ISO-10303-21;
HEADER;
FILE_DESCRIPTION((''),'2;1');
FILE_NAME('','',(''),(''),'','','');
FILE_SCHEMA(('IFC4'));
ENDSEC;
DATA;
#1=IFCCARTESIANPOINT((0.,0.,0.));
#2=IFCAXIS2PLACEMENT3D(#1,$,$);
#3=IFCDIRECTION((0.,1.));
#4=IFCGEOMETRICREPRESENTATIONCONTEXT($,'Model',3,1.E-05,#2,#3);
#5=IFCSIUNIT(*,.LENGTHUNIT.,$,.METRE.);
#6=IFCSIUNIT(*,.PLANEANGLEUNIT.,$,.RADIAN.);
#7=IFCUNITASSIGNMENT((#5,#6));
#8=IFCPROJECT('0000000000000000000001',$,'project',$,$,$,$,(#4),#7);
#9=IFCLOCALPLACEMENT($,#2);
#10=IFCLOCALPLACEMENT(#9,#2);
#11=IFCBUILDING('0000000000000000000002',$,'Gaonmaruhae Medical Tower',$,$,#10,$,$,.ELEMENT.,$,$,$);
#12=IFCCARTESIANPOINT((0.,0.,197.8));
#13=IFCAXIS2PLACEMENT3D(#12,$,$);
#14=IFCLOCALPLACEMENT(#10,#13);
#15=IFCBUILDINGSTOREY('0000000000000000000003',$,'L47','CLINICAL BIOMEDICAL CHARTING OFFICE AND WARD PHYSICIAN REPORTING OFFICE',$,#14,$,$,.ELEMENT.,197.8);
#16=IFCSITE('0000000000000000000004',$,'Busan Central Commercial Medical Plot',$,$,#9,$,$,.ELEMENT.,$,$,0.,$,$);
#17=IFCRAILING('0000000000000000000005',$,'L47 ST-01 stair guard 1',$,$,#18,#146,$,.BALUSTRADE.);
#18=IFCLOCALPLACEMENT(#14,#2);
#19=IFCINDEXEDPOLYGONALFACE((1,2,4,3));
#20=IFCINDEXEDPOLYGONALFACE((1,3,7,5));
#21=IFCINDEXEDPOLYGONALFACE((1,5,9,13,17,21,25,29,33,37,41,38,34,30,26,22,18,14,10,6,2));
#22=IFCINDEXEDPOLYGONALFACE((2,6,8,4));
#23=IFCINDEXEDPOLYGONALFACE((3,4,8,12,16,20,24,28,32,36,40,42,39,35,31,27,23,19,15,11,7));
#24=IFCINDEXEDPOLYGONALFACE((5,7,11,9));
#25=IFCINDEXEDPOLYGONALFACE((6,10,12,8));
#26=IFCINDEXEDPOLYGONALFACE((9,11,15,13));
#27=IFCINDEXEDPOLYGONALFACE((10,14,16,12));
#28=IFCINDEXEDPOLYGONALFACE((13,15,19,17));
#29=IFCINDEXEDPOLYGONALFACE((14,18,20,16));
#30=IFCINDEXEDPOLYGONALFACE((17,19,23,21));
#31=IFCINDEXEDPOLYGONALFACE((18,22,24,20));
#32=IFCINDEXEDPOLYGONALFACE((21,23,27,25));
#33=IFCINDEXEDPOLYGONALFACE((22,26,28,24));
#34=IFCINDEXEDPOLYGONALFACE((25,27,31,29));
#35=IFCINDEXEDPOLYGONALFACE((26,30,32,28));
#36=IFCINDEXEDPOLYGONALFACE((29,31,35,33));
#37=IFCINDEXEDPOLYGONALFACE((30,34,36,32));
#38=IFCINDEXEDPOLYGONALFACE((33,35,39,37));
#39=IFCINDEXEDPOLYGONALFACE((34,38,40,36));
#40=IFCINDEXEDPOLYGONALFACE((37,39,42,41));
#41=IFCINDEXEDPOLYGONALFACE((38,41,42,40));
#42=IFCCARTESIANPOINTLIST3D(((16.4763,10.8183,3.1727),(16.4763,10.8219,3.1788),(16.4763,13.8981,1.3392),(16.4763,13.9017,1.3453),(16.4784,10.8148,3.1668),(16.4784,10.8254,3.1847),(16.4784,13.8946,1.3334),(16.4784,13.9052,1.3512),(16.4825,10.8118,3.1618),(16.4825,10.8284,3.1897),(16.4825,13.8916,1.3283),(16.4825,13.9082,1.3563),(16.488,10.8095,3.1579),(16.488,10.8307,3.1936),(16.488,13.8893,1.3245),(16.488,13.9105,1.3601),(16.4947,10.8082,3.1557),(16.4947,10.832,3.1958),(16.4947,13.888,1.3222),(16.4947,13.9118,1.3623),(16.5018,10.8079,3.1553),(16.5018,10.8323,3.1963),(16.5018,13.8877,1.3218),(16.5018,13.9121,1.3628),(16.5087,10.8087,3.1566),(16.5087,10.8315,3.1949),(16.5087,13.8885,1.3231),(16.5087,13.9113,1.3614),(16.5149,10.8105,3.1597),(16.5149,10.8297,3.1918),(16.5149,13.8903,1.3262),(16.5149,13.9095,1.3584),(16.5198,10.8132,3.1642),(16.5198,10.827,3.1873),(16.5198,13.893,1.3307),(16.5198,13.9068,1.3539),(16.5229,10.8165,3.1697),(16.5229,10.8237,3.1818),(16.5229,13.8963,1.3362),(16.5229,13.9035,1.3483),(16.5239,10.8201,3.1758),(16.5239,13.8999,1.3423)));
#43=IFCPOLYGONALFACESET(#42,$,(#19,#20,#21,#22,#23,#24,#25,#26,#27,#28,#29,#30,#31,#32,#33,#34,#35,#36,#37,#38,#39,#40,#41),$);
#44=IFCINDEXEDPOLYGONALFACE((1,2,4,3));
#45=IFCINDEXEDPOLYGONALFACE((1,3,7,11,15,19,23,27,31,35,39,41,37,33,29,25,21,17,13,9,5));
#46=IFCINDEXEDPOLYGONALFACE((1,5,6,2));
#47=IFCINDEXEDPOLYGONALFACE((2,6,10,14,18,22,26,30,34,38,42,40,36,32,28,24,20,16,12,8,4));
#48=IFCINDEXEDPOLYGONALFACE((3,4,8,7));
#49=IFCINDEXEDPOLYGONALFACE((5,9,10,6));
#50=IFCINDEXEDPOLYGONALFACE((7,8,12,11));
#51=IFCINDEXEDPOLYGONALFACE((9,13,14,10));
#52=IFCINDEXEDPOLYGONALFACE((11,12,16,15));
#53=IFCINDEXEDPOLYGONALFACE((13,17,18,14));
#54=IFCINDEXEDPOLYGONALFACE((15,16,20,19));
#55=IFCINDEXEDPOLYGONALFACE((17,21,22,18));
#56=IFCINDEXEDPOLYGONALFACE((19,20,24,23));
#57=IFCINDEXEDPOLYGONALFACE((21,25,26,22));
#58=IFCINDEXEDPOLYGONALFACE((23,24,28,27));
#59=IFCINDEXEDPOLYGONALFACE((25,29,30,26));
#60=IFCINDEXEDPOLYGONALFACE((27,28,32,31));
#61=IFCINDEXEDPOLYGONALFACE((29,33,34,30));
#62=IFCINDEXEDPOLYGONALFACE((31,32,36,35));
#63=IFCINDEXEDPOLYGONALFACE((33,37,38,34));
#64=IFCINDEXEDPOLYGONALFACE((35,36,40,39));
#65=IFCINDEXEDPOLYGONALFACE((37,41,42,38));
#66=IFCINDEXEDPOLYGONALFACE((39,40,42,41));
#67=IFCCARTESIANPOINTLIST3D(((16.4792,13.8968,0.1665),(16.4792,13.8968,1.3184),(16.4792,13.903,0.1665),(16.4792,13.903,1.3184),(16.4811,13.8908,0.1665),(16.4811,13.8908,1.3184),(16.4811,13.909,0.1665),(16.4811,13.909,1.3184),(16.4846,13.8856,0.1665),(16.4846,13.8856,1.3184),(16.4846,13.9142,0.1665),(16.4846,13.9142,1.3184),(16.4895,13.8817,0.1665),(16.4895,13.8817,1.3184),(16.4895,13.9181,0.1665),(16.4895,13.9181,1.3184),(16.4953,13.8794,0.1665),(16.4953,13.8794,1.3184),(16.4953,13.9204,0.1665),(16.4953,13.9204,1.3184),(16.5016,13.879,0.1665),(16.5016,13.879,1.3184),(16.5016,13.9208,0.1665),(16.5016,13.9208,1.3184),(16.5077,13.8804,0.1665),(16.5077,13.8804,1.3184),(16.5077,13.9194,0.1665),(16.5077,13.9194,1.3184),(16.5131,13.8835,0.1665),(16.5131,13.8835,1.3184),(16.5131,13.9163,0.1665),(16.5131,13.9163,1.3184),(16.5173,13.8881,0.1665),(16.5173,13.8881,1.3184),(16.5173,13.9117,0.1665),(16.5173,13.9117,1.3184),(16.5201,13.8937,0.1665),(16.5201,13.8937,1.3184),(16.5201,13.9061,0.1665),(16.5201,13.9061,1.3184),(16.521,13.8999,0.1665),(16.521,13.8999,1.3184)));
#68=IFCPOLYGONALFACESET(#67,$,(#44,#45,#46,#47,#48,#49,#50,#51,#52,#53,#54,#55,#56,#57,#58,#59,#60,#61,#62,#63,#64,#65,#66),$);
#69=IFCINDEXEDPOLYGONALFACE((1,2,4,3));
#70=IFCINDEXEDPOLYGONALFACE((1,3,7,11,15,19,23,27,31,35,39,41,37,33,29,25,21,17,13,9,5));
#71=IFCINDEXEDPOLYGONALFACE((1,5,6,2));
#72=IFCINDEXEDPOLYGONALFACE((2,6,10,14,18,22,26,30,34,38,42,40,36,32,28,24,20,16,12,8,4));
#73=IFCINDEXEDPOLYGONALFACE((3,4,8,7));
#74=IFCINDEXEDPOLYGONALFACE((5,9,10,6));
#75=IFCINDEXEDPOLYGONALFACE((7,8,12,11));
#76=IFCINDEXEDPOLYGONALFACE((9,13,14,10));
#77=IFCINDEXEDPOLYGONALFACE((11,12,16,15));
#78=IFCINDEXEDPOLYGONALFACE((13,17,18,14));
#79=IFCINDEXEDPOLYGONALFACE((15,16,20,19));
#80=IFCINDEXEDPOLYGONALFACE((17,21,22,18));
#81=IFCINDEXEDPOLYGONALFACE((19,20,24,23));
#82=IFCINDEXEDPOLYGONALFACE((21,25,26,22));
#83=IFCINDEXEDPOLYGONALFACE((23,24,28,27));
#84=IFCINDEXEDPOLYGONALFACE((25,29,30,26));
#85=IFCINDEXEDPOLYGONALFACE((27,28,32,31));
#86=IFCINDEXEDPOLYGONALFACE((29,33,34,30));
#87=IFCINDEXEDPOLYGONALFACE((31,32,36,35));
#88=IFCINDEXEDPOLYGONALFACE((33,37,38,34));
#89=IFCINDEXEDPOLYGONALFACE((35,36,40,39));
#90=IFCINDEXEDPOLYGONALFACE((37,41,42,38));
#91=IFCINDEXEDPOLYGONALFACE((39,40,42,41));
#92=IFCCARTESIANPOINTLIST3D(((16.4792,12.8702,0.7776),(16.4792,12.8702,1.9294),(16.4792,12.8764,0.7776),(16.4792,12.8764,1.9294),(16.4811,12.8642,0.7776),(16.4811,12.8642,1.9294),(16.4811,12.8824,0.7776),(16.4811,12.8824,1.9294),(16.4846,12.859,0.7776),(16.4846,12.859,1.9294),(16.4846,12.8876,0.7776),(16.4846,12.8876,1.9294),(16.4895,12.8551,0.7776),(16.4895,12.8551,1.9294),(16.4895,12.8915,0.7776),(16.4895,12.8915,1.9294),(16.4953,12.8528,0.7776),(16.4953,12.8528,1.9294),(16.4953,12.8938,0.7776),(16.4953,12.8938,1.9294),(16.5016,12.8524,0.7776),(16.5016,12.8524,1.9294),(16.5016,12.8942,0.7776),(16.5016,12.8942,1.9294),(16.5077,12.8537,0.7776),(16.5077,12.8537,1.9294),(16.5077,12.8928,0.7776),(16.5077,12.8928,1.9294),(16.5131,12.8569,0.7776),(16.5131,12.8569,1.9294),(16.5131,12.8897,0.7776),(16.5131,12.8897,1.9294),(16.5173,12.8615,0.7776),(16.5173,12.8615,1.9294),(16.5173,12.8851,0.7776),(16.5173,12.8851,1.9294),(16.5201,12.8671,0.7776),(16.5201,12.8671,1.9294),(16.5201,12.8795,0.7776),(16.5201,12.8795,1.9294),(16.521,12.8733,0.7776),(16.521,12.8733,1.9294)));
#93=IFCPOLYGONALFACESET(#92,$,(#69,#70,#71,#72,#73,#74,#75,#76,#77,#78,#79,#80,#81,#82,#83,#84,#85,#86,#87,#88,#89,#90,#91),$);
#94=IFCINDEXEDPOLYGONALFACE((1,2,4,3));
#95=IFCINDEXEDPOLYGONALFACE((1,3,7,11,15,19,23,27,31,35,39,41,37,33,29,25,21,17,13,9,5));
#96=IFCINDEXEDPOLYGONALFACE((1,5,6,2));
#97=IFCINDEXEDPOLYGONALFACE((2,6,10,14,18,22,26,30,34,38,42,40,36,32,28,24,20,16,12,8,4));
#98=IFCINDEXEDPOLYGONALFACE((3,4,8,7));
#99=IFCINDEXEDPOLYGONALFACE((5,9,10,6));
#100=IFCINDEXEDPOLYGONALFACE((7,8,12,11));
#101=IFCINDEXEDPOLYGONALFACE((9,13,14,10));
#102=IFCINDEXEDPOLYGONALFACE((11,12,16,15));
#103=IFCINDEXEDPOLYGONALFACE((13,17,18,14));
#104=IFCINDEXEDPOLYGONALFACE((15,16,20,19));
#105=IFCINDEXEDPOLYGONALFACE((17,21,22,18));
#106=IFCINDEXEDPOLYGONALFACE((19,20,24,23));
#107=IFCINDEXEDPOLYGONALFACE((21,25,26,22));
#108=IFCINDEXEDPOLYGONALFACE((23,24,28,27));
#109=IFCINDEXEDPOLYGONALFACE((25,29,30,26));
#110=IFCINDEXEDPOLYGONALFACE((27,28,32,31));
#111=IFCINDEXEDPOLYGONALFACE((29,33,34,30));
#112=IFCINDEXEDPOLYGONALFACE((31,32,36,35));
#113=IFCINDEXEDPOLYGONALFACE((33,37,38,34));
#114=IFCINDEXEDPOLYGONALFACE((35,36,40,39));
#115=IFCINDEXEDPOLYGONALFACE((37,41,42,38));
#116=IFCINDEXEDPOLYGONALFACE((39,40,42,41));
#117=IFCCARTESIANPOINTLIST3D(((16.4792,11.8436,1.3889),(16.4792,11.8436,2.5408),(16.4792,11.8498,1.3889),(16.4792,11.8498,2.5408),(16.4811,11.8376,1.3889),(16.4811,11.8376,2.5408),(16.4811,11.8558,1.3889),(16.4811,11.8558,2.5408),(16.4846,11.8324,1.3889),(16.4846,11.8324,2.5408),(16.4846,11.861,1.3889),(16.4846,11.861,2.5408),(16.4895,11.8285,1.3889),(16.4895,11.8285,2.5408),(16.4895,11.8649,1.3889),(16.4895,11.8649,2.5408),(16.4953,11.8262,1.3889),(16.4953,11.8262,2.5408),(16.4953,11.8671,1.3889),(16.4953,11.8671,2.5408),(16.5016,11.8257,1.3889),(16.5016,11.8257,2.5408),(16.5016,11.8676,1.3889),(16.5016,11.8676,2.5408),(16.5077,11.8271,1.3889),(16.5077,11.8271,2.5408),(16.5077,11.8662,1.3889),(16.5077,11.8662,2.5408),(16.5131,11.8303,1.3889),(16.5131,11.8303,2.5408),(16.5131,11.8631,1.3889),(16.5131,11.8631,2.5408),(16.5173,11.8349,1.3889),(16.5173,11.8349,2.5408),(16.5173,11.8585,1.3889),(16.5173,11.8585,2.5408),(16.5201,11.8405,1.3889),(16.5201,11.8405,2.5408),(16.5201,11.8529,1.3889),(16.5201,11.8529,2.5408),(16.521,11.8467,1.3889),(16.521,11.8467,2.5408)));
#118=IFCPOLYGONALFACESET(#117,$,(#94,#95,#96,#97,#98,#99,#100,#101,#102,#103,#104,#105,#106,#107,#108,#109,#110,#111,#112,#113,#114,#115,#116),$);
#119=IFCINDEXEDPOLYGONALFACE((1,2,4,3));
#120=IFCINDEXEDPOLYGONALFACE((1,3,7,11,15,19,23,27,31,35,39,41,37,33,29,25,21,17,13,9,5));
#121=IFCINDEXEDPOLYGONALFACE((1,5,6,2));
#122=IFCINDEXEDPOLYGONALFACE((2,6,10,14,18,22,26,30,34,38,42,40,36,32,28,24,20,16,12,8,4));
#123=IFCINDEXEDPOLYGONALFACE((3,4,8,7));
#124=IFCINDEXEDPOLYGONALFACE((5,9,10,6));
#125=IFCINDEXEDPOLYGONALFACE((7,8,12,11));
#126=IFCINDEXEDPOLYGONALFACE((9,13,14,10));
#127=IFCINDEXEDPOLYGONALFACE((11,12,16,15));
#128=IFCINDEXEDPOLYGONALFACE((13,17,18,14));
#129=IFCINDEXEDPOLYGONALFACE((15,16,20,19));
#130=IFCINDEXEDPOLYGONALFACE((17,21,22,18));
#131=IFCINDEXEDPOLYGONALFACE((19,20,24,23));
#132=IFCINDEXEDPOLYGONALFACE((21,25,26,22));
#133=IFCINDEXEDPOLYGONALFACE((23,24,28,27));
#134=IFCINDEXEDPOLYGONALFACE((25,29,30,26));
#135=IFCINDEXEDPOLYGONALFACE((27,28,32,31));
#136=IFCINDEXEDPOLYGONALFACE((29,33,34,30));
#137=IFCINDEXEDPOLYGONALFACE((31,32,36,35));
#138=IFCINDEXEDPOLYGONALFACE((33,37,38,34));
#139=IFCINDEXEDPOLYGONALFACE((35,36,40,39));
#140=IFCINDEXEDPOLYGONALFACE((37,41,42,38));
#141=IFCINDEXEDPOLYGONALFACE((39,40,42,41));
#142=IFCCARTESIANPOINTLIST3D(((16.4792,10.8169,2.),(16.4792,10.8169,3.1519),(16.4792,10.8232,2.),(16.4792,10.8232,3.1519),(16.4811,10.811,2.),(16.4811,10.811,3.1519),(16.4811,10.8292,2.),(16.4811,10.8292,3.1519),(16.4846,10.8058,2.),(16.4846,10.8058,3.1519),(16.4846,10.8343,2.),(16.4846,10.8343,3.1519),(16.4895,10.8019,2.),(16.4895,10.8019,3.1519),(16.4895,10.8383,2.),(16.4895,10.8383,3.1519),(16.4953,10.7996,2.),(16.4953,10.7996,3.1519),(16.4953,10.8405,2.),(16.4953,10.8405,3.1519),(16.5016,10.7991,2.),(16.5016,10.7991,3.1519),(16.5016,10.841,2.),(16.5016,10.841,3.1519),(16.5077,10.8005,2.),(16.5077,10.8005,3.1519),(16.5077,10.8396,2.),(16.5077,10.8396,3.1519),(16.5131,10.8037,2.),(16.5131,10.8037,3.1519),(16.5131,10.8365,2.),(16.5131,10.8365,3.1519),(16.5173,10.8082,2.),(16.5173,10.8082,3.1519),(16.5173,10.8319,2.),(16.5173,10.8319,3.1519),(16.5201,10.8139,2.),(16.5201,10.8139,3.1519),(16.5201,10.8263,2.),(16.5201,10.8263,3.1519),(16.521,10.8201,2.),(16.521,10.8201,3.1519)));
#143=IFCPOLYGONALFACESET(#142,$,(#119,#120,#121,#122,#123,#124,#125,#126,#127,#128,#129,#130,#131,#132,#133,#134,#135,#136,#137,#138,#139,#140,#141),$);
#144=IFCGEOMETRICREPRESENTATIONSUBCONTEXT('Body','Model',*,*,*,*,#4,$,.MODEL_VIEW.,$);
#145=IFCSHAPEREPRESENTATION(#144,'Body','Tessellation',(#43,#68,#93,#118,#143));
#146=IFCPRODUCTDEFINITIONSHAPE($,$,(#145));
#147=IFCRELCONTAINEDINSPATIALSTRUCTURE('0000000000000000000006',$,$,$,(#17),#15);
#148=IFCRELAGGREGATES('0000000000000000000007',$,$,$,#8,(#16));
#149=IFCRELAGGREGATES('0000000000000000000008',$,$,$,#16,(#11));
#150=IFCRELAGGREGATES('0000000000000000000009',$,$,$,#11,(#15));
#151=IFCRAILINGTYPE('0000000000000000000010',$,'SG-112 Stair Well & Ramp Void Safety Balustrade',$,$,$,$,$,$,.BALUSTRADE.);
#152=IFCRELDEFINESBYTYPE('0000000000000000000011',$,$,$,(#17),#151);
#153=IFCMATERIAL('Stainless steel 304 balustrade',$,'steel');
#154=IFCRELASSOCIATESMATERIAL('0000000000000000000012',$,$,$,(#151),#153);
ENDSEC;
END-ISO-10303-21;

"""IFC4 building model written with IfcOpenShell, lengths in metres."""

from ifc_helpers import new_model, si_unit, direction, frame, origin, origin_2d, place, context, subcontext, project, spatial, circle, extrude, material, type_object, element, save


model = new_model("IFC4")

# Units and contexts
model_context = context("Model", 3, precision=1e-05, world=origin(), true_north=direction((0.0, 1.0)))
body_context = subcontext(model_context, "Body", "Model", "MODEL_VIEW")
ifc_project = project(units=[si_unit("LENGTHUNIT", "METRE"), si_unit("PLANEANGLEUNIT", "RADIAN")], contexts=[model_context])

# Site, building, storey
site_placement = place(None, origin())
site = spatial("IfcSite", under=ifc_project, at=site_placement, Name="Busan Central Commercial Medical Plot", CompositionType="ELEMENT", RefElevation=0.0)
building_placement = place(site_placement, origin())
building = spatial("IfcBuilding", under=site, at=building_placement, Name="Gaonmaruhae Medical Tower", CompositionType="ELEMENT")
storey_placement = place(building_placement, frame((0.0, 0.0, 197.8)))
storey = spatial("IfcBuildingStorey", under=building, at=storey_placement, Name="L47", Description="CLINICAL BIOMEDICAL CHARTING OFFICE AND WARD PHYSICIAN REPORTING OFFICE", CompositionType="ELEMENT", Elevation=197.8)

# Railing
ifc_material_1 = material(Name="Stainless steel 304 balustrade", Category="steel")
railing_type_1 = type_object("IfcRailingType", Name="SG-112 Stair Well & Ramp Void Safety Balustrade", PredefinedType="BALUSTRADE", material=ifc_material_1)
railing_1_placement = place(storey_placement, frame((16.5, 13.8999, 0.1665)))
element("IfcRailing", 1, at=railing_1_placement, inside=storey, type_object=railing_type_1, Name="L47 ST-01 stair guard 1", PredefinedType="BALUSTRADE", context=body_context, shape_type="SweptSolid", body=[
    extrude(circle(Radius=0.0239, at=origin_2d()), frame((0.0, 0.0, 1.1758), z_axis=(0.0, -0.859261, 0.511538), x_axis=(1.0, 0.0, 0.0)), (0.0, 0.0, 1.0), 3.5842),
    extrude(circle(Radius=0.021, at=origin_2d()), origin(), (0.0, 0.0, 1.0), 1.1519),
    extrude(circle(Radius=0.021, at=origin_2d()), frame((0.0, -1.0266, 0.6111)), (0.0, 0.0, 1.0), 1.1519),
    extrude(circle(Radius=0.021, at=origin_2d()), frame((0.0, -2.0532, 1.2224)), (0.0, 0.0, 1.0), 1.1519),
    extrude(circle(Radius=0.021, at=origin_2d()), frame((0.0, -3.0798, 1.8335)), (0.0, 0.0, 1.0), 1.1519),
])

save(model, "model.ifc")
